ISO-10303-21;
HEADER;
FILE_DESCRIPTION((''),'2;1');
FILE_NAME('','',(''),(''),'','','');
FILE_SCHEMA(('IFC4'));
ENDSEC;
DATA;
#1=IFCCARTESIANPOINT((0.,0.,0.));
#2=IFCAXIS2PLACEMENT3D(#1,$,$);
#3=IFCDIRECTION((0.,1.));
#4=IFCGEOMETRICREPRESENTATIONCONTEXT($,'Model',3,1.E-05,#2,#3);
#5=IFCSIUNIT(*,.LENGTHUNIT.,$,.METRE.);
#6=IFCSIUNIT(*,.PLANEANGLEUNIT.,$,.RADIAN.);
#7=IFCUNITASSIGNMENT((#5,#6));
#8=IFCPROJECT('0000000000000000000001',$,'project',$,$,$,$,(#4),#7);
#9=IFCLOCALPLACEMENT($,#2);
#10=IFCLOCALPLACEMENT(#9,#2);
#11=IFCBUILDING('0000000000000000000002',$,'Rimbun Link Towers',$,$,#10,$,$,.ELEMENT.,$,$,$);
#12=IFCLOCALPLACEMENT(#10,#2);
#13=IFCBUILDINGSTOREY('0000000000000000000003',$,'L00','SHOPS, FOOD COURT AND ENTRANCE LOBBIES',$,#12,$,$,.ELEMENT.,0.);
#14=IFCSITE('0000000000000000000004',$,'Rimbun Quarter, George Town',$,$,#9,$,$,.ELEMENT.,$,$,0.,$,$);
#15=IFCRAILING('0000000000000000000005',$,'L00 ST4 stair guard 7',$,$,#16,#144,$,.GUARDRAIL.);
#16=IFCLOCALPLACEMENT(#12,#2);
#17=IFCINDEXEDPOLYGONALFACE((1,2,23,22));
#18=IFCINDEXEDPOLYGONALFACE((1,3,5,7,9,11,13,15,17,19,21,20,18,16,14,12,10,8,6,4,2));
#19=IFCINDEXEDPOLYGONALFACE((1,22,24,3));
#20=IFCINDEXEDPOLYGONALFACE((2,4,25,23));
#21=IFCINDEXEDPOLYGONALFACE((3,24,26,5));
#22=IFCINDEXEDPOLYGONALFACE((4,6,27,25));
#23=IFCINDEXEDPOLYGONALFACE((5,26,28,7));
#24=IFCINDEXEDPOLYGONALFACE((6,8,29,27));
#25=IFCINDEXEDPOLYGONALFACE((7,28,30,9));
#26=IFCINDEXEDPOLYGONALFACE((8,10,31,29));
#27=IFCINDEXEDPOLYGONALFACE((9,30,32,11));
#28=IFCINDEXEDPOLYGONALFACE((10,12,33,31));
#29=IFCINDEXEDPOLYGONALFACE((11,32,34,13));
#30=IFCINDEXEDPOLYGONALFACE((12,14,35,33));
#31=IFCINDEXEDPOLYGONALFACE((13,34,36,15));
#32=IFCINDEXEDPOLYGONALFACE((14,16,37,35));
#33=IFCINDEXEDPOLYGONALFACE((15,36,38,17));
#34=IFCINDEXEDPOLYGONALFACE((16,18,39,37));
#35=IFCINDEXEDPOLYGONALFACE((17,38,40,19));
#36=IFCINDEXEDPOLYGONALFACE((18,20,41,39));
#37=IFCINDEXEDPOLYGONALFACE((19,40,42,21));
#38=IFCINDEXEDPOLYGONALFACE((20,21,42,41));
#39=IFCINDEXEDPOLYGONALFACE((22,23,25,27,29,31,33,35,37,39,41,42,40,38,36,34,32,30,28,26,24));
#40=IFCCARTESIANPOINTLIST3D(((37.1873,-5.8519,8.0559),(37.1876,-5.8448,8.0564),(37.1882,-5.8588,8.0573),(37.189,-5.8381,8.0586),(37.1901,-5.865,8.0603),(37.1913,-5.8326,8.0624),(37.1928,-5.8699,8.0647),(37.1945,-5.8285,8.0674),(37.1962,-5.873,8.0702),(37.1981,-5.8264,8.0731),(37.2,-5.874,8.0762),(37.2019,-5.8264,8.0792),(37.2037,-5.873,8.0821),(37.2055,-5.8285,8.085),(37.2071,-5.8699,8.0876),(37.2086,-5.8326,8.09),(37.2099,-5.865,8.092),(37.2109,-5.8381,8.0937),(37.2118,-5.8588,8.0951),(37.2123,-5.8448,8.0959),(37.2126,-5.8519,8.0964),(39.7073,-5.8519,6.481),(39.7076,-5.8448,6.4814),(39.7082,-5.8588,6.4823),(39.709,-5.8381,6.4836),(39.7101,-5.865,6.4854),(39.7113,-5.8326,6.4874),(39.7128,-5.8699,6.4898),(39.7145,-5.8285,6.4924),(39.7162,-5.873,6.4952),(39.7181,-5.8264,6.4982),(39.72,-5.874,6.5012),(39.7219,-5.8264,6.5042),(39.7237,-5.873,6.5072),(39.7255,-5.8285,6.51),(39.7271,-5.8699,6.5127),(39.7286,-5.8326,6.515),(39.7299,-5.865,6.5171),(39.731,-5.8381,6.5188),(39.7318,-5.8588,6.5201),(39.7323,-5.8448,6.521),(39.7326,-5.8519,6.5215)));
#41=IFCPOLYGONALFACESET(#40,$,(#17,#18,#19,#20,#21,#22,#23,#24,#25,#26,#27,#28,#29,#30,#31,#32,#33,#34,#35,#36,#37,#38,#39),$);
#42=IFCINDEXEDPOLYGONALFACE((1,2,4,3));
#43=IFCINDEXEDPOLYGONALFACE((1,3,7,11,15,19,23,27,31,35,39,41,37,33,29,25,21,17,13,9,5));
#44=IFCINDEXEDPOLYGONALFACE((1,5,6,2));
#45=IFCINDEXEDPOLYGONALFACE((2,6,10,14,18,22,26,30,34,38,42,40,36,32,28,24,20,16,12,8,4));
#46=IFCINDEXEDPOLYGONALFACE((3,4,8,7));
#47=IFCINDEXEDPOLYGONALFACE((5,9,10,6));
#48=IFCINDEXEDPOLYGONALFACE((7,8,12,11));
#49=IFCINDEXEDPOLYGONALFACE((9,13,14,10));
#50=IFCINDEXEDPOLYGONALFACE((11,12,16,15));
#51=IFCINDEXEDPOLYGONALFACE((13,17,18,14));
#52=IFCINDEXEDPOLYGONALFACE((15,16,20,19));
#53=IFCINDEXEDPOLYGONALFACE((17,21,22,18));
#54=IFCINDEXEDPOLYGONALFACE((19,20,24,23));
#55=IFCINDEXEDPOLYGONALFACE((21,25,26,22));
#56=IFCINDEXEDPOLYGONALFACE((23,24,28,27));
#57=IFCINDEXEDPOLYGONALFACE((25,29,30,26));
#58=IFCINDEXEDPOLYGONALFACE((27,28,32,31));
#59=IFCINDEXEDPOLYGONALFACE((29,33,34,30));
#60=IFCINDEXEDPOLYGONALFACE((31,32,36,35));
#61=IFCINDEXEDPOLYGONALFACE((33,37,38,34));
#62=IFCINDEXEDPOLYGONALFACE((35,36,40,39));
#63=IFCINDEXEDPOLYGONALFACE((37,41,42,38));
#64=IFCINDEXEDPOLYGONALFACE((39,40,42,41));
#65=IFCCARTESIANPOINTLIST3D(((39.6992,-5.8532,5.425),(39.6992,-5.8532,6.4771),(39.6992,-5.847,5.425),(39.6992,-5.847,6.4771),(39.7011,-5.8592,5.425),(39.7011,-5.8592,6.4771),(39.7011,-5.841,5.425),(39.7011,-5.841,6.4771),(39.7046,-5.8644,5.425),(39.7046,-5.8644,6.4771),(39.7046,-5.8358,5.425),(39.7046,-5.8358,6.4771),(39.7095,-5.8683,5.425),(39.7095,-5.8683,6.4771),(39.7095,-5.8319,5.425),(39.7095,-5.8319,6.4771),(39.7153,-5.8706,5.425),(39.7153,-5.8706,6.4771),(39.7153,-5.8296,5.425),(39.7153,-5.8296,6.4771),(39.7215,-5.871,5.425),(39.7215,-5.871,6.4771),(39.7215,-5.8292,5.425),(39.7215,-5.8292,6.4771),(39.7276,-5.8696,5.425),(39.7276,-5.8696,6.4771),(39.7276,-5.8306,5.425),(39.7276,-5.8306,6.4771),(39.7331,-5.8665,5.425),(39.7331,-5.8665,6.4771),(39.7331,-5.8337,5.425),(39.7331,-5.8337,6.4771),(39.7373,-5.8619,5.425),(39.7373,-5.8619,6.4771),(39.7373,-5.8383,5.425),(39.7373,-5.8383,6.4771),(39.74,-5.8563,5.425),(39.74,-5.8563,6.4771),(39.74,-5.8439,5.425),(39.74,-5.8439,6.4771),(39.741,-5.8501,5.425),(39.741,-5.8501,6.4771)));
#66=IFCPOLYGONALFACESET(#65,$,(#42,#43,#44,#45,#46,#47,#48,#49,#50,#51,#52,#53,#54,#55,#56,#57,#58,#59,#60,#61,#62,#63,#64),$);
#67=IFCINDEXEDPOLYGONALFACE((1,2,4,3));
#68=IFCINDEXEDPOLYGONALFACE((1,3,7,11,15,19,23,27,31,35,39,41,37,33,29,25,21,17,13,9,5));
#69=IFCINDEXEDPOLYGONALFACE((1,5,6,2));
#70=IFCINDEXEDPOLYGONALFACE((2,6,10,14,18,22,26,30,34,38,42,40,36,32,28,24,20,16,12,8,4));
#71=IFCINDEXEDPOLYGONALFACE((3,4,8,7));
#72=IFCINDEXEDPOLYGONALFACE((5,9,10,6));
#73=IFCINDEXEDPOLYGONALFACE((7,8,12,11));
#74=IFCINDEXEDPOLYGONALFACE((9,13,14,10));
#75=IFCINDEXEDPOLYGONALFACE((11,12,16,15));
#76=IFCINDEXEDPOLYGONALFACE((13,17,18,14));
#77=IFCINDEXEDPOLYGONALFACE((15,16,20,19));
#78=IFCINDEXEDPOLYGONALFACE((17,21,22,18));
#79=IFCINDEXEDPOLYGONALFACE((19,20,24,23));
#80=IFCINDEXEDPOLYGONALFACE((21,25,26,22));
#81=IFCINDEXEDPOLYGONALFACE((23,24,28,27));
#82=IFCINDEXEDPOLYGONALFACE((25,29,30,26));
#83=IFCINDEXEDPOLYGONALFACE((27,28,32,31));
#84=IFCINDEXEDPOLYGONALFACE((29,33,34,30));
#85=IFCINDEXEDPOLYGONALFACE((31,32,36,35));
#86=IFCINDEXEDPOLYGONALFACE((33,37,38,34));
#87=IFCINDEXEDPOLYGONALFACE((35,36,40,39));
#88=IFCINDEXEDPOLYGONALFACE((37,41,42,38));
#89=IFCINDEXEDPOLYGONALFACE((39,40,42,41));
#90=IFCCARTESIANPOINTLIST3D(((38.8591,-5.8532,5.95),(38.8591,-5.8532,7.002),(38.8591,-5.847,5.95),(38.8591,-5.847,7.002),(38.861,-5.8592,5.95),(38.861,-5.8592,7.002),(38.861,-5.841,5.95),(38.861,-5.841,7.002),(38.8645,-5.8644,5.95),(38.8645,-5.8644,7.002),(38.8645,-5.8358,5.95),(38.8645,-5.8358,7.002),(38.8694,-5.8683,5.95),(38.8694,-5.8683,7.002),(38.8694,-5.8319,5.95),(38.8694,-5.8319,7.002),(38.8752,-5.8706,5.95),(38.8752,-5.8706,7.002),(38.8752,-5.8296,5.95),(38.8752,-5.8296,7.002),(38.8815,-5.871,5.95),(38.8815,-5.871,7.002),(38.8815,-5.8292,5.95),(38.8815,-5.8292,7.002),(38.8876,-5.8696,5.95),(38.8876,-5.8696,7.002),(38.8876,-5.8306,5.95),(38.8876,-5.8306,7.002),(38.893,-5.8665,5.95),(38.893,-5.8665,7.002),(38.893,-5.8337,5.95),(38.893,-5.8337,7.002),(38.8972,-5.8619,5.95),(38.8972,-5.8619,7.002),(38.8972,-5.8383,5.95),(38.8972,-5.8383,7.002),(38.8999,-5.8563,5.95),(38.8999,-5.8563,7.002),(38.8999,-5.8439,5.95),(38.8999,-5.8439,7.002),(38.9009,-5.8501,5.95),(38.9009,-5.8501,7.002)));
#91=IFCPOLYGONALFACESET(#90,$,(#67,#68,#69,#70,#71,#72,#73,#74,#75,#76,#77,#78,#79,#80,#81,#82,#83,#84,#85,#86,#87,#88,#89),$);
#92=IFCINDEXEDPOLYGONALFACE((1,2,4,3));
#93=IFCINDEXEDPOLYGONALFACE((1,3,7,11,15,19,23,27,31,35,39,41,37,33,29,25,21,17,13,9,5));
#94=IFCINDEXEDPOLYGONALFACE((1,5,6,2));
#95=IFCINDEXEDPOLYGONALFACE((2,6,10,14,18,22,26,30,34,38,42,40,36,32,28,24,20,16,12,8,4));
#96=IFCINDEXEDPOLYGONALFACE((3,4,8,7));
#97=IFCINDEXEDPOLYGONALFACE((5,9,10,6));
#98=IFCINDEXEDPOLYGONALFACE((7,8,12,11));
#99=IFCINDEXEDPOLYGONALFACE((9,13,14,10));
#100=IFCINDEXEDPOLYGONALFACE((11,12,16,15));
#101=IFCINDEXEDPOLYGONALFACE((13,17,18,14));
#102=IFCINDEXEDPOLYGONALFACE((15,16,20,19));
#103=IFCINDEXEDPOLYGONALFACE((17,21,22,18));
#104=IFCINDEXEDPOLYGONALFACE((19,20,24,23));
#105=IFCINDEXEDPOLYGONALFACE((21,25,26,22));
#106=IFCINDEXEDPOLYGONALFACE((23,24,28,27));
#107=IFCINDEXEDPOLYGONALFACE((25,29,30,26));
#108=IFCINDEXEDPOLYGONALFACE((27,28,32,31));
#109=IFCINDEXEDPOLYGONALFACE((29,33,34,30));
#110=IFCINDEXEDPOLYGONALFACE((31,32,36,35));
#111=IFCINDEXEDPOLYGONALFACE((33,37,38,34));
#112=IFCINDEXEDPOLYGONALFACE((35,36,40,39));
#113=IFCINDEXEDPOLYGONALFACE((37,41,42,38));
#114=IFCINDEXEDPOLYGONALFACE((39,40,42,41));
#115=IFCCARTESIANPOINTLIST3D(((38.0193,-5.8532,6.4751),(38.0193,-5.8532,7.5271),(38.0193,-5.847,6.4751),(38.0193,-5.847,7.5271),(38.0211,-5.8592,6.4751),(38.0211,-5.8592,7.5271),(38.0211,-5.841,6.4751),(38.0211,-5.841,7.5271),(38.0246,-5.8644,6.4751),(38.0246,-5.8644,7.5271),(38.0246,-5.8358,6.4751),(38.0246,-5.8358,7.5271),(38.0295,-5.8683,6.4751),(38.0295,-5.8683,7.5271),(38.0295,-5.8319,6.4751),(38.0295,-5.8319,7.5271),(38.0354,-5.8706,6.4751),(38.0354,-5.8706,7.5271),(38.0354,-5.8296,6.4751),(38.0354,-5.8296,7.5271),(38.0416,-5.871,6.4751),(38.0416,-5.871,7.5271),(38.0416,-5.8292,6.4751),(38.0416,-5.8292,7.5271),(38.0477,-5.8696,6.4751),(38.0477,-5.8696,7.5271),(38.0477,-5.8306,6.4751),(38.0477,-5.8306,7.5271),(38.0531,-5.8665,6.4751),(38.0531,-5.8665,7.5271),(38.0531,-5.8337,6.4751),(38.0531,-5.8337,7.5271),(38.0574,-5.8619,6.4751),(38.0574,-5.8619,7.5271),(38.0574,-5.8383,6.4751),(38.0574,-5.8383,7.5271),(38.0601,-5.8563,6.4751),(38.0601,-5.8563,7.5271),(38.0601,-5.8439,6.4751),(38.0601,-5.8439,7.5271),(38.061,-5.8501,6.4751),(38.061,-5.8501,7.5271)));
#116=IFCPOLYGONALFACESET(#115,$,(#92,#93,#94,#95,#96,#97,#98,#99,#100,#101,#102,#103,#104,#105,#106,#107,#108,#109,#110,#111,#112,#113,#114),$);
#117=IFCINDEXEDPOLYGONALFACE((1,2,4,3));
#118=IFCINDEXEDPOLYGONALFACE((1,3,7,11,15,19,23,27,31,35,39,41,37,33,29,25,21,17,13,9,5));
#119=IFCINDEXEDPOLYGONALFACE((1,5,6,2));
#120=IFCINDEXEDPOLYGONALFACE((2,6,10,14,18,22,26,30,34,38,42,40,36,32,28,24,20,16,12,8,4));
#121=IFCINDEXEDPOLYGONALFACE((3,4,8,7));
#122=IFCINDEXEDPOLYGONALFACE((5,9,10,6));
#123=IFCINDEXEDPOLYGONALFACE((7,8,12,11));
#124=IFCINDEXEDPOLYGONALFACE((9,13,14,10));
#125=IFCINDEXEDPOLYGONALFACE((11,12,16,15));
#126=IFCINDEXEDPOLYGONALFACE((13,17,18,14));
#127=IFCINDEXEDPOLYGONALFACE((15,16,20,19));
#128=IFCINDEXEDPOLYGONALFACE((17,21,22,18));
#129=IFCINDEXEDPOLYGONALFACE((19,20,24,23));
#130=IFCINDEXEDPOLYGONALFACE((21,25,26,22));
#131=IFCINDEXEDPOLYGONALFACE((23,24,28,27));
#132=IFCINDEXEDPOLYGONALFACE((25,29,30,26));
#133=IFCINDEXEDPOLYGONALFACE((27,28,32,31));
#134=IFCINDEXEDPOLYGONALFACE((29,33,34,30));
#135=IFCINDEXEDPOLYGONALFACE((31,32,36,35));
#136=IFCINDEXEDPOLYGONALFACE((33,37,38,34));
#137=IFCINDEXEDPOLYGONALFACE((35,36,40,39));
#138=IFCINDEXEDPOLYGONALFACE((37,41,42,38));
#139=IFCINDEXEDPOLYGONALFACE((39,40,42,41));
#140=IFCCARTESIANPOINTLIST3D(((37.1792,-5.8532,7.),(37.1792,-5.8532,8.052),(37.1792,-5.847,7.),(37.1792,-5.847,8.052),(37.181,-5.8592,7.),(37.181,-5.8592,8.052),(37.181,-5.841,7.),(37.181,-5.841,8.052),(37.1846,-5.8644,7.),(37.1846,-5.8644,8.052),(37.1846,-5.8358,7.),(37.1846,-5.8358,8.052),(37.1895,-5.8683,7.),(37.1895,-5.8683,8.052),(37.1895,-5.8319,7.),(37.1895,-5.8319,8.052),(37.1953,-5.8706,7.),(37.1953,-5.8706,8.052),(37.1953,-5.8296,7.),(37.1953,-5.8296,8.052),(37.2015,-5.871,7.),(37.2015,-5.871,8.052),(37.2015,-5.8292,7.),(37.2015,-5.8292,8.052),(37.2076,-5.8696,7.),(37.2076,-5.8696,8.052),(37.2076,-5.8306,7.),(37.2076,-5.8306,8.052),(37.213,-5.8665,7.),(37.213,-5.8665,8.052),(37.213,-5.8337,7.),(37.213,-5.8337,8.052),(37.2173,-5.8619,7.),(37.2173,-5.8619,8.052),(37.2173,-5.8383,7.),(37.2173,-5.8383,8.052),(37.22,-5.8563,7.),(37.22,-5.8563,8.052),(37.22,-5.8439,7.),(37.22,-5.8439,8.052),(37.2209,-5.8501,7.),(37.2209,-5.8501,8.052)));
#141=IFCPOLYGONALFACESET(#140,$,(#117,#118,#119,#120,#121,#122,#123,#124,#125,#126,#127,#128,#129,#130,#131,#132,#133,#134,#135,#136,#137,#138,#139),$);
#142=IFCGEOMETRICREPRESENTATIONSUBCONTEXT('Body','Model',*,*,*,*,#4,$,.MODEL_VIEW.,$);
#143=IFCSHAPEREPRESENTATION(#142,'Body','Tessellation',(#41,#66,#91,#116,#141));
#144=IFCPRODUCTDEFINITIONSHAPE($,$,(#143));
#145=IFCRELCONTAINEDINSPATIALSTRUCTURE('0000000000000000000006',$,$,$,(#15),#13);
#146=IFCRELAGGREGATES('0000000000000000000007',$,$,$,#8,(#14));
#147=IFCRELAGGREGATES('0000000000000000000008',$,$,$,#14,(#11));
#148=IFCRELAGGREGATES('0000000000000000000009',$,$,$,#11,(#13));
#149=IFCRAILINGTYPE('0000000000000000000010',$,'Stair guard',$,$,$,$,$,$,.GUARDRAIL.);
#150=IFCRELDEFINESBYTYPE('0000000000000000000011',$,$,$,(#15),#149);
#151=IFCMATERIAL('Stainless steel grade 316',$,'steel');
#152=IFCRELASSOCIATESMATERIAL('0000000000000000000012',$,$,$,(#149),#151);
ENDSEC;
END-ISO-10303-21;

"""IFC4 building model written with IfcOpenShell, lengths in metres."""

from ifc_helpers import new_model, si_unit, direction, frame, origin, origin_2d, place, context, subcontext, project, spatial, circle, extrude, material, type_object, element, save


model = new_model("IFC4")

# Units and contexts
model_context = context("Model", 3, precision=1e-05, world=origin(), true_north=direction((0.0, 1.0)))
body_context = subcontext(model_context, "Body", "Model", "MODEL_VIEW")
ifc_project = project(units=[si_unit("LENGTHUNIT", "METRE"), si_unit("PLANEANGLEUNIT", "RADIAN")], contexts=[model_context])

# Site, building, storey
site_placement = place(None, origin())
site = spatial("IfcSite", under=ifc_project, at=site_placement, Name="Rimbun Quarter, George Town", CompositionType="ELEMENT", RefElevation=0.0)
building_placement = place(site_placement, origin())
building = spatial("IfcBuilding", under=site, at=building_placement, Name="Rimbun Link Towers", CompositionType="ELEMENT")
storey_placement = place(building_placement, origin())
storey = spatial("IfcBuildingStorey", under=building, at=storey_placement, Name="L00", Description="SHOPS, FOOD COURT AND ENTRANCE LOBBIES", CompositionType="ELEMENT", Elevation=0.0)

# Railing
ifc_material_1 = material(Name="Stainless steel grade 316", Category="steel")
railing_type_1 = type_object("IfcRailingType", Name="Stair guard", PredefinedType="GUARDRAIL", material=ifc_material_1)
railing_1_placement = place(storey_placement, frame((39.72, -5.8501, 5.425)))
element("IfcRailing", 1, at=railing_1_placement, inside=storey, type_object=railing_type_1, Name="L00 ST4 stair guard 7", PredefinedType="GUARDRAIL", context=body_context, shape_type="SweptSolid", body=[
    extrude(circle(Radius=0.0239, at=origin_2d()), frame((0.0, 0.0, 1.0762), z_axis=(-0.848008, 0.0, 0.529984), x_axis=(0.0, -1.0, 0.0)), (0.0, 0.0, 1.0), 2.9717),
    extrude(circle(Radius=0.021, at=origin_2d()), origin(), (0.0, 0.0, 1.0), 1.052),
    extrude(circle(Radius=0.021, at=origin_2d()), frame((-0.8401, 0.0, 0.5249)), (0.0, 0.0, 1.0), 1.052),
    extrude(circle(Radius=0.021, at=origin_2d()), frame((-1.6799, 0.0, 1.05)), (0.0, 0.0, 1.0), 1.052),
    extrude(circle(Radius=0.021, at=origin_2d()), frame((-2.52, 0.0, 1.575)), (0.0, 0.0, 1.0), 1.052),
])

save(model, "model.ifc")
